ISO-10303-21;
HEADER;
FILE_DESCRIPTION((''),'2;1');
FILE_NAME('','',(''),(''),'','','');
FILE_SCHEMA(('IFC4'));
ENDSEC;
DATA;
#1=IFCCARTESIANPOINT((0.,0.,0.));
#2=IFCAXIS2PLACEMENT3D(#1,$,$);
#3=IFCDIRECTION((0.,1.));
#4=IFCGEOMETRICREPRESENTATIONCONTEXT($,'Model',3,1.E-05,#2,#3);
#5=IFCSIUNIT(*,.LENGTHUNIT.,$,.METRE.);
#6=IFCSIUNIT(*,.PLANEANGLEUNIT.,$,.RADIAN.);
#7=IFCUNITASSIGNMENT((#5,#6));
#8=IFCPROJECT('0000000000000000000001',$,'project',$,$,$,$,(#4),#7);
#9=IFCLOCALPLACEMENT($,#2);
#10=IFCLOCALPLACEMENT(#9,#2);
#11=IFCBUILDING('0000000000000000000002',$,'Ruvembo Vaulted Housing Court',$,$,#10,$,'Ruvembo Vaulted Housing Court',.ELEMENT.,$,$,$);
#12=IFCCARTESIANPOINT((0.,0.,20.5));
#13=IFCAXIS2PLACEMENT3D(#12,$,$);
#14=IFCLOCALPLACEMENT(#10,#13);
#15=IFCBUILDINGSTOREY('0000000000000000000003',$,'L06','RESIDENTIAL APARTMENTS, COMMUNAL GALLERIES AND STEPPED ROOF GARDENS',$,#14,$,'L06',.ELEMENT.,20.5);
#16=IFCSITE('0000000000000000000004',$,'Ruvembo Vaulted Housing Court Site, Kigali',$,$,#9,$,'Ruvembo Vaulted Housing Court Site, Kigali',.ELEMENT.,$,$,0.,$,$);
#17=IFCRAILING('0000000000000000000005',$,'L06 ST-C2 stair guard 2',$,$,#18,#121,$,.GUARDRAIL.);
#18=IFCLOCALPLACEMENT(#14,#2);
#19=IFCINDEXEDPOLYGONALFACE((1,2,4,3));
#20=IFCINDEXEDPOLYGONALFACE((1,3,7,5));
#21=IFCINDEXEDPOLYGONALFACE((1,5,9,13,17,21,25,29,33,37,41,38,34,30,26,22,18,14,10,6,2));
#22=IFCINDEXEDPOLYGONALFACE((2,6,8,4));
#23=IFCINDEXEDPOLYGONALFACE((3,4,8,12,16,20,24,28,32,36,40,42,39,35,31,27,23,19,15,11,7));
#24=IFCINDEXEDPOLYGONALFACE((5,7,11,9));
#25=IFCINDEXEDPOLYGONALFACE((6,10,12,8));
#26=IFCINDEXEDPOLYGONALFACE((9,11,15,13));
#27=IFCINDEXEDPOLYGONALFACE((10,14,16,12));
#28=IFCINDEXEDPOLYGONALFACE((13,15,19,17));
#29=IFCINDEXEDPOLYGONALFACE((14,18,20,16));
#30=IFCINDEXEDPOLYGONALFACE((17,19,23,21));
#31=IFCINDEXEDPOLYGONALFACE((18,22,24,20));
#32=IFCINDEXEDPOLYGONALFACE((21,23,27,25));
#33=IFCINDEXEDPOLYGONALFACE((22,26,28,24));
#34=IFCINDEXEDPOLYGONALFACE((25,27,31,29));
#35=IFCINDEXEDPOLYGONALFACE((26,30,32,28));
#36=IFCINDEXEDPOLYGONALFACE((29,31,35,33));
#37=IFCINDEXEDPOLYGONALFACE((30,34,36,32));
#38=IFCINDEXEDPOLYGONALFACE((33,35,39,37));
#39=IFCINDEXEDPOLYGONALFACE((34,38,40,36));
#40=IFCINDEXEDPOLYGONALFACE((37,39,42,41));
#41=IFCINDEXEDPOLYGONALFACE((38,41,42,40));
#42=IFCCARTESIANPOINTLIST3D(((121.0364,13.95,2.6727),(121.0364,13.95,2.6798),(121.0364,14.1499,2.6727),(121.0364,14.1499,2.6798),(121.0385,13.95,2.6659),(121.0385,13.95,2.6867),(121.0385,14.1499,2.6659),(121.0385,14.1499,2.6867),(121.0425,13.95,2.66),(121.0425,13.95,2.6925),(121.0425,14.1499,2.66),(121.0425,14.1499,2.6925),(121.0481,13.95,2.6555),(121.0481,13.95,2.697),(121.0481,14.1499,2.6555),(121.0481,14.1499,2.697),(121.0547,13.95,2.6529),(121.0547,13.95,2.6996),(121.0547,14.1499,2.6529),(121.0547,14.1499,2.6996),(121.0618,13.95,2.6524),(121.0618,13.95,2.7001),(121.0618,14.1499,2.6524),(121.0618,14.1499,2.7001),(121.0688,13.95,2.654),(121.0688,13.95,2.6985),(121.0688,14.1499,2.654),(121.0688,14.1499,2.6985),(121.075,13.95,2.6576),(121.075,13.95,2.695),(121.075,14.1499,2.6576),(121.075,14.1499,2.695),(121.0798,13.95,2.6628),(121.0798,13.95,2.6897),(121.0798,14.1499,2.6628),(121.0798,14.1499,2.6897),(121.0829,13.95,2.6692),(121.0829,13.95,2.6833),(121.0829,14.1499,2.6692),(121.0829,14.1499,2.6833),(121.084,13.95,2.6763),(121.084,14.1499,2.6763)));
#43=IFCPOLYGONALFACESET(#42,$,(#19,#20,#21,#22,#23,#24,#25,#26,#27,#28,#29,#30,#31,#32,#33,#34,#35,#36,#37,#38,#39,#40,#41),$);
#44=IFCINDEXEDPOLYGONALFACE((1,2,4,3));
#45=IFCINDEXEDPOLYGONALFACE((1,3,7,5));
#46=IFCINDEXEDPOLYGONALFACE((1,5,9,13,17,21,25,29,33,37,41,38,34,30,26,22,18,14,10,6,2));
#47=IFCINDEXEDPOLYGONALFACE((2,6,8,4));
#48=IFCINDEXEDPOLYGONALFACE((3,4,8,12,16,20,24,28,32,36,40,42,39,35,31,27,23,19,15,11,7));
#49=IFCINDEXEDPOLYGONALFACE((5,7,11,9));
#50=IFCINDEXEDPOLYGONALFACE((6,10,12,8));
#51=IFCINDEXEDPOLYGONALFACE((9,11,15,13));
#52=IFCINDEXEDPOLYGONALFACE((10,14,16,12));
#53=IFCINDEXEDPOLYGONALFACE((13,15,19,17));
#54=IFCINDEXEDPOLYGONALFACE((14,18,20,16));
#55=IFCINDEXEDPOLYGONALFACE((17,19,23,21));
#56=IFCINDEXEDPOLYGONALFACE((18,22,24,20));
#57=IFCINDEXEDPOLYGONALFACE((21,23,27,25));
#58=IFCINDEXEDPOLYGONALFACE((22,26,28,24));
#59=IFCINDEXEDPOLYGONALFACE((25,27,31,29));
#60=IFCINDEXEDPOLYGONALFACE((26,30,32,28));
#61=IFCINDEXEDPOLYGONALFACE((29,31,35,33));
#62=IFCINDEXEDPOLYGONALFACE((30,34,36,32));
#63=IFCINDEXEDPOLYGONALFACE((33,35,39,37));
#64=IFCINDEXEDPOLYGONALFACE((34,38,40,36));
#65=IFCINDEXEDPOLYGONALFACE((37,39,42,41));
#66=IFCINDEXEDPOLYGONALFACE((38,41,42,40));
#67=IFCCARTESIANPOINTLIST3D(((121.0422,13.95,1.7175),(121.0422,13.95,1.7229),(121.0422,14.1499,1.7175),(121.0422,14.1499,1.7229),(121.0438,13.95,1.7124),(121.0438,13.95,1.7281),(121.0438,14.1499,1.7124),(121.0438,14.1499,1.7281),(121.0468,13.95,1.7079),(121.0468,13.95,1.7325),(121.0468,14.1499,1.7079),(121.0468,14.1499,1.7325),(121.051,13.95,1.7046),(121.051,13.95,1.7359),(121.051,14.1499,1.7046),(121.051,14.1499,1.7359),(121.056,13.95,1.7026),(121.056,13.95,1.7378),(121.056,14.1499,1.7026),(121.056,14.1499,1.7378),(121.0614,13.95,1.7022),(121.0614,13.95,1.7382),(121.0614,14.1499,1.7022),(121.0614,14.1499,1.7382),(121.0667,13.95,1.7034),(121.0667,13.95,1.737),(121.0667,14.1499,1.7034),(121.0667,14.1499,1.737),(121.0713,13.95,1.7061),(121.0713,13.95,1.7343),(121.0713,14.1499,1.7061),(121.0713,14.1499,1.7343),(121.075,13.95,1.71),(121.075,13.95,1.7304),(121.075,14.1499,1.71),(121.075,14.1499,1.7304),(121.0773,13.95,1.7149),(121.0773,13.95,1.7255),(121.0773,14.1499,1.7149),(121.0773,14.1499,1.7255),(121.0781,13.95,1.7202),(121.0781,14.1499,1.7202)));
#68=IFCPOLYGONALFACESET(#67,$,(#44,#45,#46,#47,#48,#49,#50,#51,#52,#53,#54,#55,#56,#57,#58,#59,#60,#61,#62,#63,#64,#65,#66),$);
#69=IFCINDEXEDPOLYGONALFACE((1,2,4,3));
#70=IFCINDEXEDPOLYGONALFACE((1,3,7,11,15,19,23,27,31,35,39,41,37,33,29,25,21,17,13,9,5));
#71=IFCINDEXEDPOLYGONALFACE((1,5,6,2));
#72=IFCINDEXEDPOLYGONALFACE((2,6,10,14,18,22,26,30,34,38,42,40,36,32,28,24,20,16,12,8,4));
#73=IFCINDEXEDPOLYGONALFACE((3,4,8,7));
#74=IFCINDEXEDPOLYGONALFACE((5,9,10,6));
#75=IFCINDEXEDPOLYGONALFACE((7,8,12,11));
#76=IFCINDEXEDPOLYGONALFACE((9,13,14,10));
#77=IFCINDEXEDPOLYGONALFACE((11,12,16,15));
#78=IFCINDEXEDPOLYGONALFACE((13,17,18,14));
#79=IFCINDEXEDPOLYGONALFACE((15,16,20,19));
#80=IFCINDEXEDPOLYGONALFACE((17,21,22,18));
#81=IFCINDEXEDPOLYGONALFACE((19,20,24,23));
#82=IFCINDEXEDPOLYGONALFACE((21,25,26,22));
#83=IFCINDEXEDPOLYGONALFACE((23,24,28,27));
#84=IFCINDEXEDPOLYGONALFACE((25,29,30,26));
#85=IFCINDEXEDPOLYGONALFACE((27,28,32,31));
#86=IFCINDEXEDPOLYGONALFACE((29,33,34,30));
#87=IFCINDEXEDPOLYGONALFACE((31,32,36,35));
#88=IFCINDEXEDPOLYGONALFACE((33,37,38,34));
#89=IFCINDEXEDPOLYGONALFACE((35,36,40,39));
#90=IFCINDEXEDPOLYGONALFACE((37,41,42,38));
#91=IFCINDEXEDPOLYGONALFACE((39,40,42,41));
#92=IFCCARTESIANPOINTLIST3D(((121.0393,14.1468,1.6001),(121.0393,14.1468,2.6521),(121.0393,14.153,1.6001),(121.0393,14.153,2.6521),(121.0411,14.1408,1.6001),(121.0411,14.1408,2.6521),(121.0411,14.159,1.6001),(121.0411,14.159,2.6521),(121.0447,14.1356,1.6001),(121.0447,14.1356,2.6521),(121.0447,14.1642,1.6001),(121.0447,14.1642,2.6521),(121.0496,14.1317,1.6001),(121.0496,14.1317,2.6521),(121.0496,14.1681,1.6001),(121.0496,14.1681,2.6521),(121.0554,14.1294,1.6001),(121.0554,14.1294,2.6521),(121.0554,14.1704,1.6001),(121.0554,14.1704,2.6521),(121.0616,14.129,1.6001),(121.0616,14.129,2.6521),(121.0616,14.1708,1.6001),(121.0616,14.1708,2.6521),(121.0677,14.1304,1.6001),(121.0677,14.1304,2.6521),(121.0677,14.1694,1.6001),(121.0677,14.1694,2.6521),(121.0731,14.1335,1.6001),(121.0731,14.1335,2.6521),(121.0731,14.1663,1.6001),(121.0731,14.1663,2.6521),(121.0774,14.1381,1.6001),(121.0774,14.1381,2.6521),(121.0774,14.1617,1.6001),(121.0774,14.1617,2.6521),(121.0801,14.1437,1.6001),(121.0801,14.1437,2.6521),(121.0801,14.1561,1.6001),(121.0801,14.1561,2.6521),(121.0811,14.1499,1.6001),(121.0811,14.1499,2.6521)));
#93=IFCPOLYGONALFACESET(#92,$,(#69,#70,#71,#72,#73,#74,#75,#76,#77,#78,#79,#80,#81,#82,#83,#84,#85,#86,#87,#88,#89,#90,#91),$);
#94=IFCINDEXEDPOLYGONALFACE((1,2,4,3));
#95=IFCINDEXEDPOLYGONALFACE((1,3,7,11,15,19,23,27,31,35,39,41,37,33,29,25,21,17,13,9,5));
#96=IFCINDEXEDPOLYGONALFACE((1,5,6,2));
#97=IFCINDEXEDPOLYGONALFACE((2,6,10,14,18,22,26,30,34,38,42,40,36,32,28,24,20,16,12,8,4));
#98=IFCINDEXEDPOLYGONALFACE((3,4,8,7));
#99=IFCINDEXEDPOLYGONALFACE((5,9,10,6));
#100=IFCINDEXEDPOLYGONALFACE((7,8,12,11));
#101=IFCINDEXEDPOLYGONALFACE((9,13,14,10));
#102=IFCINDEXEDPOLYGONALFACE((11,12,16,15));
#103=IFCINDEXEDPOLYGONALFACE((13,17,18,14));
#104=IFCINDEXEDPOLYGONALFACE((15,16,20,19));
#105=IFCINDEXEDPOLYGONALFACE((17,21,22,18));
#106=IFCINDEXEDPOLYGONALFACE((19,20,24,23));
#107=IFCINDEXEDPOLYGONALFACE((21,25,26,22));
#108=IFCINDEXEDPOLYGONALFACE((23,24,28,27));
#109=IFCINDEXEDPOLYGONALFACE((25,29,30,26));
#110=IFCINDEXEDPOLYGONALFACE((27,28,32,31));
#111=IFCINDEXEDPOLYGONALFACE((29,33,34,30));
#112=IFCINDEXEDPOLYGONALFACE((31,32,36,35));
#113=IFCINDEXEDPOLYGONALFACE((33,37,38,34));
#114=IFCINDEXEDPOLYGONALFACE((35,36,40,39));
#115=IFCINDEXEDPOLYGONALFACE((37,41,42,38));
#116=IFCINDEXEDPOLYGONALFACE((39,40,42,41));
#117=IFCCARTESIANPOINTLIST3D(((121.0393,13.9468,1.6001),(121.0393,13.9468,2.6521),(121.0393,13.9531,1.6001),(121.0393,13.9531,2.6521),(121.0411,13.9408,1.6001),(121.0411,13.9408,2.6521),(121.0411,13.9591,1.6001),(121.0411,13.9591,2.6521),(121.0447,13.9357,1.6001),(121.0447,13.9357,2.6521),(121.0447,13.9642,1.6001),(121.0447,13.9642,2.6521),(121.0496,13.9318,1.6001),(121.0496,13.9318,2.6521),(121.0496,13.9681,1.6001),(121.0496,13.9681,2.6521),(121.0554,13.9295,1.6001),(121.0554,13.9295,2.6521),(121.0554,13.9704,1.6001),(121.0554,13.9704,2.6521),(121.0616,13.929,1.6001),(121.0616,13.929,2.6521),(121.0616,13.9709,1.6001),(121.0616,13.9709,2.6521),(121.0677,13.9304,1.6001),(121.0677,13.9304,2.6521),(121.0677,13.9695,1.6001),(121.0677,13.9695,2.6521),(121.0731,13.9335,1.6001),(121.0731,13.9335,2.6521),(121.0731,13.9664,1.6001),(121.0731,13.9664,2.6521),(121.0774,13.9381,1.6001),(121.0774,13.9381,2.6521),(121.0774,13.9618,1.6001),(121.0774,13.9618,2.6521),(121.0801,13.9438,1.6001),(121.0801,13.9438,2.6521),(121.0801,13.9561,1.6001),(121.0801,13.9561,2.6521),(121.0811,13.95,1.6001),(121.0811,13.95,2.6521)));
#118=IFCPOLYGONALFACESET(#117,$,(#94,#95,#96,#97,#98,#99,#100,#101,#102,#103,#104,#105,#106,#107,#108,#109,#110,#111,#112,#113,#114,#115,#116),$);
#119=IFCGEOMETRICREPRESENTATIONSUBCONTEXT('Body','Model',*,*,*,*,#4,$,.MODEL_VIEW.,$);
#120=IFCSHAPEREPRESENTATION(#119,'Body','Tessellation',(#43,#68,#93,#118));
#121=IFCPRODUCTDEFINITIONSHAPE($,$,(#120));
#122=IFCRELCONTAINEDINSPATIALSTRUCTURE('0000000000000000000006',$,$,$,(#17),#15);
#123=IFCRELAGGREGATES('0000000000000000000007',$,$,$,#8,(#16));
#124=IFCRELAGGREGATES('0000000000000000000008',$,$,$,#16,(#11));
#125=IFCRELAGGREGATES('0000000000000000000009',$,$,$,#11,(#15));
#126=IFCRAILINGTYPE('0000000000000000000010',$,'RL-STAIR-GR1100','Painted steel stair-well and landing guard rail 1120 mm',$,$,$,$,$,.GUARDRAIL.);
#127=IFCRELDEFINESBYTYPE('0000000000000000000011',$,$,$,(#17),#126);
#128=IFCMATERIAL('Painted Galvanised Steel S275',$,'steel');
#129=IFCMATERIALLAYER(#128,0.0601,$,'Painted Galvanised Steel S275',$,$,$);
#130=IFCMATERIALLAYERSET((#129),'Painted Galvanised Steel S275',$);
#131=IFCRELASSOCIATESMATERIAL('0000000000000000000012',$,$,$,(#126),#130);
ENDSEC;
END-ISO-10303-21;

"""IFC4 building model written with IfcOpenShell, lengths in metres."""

from ifc_helpers import new_model, si_unit, direction, frame, origin, origin_2d, place, context, subcontext, project, spatial, circle, extrude, material, layer, layer_set, type_object, element, save


model = new_model("IFC4")

# Units and contexts
model_context = context("Model", 3, precision=1e-05, world=origin(), true_north=direction((0.0, 1.0)))
body_context = subcontext(model_context, "Body", "Model", "MODEL_VIEW")
ifc_project = project(units=[si_unit("LENGTHUNIT", "METRE"), si_unit("PLANEANGLEUNIT", "RADIAN")], contexts=[model_context])

# Site, building, storey
site_placement = place(None, origin())
site = spatial("IfcSite", under=ifc_project, at=site_placement, Name="Ruvembo Vaulted Housing Court Site, Kigali", LongName="Ruvembo Vaulted Housing Court Site, Kigali", CompositionType="ELEMENT", RefElevation=0.0)
building_placement = place(site_placement, origin())
building = spatial("IfcBuilding", under=site, at=building_placement, Name="Ruvembo Vaulted Housing Court", LongName="Ruvembo Vaulted Housing Court", CompositionType="ELEMENT")
storey_placement = place(building_placement, frame((0.0, 0.0, 20.5)))
storey = spatial("IfcBuildingStorey", under=building, at=storey_placement, Name="L06", Description="RESIDENTIAL APARTMENTS, COMMUNAL GALLERIES AND STEPPED ROOF GARDENS", LongName="L06", CompositionType="ELEMENT", Elevation=20.5)

# Railing
ifc_material_1 = material(Name="Painted Galvanised Steel S275", Category="steel")
ifc_layer_1 = layer(ifc_material_1, 0.0601, Name="Painted Galvanised Steel S275")
ifc_layer_set_1 = layer_set([ifc_layer_1], Name="Painted Galvanised Steel S275")
railing_type_1 = type_object("IfcRailingType", Name="RL-STAIR-GR1100", Description="Painted steel stair-well and landing guard rail 1120 mm", PredefinedType="GUARDRAIL", material=ifc_layer_set_1)
railing_1_placement = place(storey_placement, frame((121.0601, 14.1499, 1.6001)))
element("IfcRailing", 1, at=railing_1_placement, inside=storey, type_object=railing_type_1, Name="L06 ST-C2 stair guard 2", PredefinedType="GUARDRAIL", context=body_context, shape_type="SweptSolid", body=[
    extrude(circle(Radius=0.0239, at=origin_2d()), frame((0.0, 0.0, 1.0762), z_axis=(0.0, -1.0, 0.0), x_axis=(1.0, 0.0, 0.0)), (0.0, 0.0, 1.0), 0.2),
    extrude(circle(Radius=0.0181, at=origin_2d()), frame((0.0, 0.0, 0.1201), z_axis=(0.0, -1.0, 0.0), x_axis=(1.0, 0.0, 0.0)), (0.0, 0.0, 1.0), 0.2),
    extrude(circle(Radius=0.021, at=origin_2d()), origin(), (0.0, 0.0, 1.0), 1.052),
    extrude(circle(Radius=0.021, at=origin_2d()), frame((0.0, -0.2, 0.0)), (0.0, 0.0, 1.0), 1.052),
])

save(model, "model.ifc")
